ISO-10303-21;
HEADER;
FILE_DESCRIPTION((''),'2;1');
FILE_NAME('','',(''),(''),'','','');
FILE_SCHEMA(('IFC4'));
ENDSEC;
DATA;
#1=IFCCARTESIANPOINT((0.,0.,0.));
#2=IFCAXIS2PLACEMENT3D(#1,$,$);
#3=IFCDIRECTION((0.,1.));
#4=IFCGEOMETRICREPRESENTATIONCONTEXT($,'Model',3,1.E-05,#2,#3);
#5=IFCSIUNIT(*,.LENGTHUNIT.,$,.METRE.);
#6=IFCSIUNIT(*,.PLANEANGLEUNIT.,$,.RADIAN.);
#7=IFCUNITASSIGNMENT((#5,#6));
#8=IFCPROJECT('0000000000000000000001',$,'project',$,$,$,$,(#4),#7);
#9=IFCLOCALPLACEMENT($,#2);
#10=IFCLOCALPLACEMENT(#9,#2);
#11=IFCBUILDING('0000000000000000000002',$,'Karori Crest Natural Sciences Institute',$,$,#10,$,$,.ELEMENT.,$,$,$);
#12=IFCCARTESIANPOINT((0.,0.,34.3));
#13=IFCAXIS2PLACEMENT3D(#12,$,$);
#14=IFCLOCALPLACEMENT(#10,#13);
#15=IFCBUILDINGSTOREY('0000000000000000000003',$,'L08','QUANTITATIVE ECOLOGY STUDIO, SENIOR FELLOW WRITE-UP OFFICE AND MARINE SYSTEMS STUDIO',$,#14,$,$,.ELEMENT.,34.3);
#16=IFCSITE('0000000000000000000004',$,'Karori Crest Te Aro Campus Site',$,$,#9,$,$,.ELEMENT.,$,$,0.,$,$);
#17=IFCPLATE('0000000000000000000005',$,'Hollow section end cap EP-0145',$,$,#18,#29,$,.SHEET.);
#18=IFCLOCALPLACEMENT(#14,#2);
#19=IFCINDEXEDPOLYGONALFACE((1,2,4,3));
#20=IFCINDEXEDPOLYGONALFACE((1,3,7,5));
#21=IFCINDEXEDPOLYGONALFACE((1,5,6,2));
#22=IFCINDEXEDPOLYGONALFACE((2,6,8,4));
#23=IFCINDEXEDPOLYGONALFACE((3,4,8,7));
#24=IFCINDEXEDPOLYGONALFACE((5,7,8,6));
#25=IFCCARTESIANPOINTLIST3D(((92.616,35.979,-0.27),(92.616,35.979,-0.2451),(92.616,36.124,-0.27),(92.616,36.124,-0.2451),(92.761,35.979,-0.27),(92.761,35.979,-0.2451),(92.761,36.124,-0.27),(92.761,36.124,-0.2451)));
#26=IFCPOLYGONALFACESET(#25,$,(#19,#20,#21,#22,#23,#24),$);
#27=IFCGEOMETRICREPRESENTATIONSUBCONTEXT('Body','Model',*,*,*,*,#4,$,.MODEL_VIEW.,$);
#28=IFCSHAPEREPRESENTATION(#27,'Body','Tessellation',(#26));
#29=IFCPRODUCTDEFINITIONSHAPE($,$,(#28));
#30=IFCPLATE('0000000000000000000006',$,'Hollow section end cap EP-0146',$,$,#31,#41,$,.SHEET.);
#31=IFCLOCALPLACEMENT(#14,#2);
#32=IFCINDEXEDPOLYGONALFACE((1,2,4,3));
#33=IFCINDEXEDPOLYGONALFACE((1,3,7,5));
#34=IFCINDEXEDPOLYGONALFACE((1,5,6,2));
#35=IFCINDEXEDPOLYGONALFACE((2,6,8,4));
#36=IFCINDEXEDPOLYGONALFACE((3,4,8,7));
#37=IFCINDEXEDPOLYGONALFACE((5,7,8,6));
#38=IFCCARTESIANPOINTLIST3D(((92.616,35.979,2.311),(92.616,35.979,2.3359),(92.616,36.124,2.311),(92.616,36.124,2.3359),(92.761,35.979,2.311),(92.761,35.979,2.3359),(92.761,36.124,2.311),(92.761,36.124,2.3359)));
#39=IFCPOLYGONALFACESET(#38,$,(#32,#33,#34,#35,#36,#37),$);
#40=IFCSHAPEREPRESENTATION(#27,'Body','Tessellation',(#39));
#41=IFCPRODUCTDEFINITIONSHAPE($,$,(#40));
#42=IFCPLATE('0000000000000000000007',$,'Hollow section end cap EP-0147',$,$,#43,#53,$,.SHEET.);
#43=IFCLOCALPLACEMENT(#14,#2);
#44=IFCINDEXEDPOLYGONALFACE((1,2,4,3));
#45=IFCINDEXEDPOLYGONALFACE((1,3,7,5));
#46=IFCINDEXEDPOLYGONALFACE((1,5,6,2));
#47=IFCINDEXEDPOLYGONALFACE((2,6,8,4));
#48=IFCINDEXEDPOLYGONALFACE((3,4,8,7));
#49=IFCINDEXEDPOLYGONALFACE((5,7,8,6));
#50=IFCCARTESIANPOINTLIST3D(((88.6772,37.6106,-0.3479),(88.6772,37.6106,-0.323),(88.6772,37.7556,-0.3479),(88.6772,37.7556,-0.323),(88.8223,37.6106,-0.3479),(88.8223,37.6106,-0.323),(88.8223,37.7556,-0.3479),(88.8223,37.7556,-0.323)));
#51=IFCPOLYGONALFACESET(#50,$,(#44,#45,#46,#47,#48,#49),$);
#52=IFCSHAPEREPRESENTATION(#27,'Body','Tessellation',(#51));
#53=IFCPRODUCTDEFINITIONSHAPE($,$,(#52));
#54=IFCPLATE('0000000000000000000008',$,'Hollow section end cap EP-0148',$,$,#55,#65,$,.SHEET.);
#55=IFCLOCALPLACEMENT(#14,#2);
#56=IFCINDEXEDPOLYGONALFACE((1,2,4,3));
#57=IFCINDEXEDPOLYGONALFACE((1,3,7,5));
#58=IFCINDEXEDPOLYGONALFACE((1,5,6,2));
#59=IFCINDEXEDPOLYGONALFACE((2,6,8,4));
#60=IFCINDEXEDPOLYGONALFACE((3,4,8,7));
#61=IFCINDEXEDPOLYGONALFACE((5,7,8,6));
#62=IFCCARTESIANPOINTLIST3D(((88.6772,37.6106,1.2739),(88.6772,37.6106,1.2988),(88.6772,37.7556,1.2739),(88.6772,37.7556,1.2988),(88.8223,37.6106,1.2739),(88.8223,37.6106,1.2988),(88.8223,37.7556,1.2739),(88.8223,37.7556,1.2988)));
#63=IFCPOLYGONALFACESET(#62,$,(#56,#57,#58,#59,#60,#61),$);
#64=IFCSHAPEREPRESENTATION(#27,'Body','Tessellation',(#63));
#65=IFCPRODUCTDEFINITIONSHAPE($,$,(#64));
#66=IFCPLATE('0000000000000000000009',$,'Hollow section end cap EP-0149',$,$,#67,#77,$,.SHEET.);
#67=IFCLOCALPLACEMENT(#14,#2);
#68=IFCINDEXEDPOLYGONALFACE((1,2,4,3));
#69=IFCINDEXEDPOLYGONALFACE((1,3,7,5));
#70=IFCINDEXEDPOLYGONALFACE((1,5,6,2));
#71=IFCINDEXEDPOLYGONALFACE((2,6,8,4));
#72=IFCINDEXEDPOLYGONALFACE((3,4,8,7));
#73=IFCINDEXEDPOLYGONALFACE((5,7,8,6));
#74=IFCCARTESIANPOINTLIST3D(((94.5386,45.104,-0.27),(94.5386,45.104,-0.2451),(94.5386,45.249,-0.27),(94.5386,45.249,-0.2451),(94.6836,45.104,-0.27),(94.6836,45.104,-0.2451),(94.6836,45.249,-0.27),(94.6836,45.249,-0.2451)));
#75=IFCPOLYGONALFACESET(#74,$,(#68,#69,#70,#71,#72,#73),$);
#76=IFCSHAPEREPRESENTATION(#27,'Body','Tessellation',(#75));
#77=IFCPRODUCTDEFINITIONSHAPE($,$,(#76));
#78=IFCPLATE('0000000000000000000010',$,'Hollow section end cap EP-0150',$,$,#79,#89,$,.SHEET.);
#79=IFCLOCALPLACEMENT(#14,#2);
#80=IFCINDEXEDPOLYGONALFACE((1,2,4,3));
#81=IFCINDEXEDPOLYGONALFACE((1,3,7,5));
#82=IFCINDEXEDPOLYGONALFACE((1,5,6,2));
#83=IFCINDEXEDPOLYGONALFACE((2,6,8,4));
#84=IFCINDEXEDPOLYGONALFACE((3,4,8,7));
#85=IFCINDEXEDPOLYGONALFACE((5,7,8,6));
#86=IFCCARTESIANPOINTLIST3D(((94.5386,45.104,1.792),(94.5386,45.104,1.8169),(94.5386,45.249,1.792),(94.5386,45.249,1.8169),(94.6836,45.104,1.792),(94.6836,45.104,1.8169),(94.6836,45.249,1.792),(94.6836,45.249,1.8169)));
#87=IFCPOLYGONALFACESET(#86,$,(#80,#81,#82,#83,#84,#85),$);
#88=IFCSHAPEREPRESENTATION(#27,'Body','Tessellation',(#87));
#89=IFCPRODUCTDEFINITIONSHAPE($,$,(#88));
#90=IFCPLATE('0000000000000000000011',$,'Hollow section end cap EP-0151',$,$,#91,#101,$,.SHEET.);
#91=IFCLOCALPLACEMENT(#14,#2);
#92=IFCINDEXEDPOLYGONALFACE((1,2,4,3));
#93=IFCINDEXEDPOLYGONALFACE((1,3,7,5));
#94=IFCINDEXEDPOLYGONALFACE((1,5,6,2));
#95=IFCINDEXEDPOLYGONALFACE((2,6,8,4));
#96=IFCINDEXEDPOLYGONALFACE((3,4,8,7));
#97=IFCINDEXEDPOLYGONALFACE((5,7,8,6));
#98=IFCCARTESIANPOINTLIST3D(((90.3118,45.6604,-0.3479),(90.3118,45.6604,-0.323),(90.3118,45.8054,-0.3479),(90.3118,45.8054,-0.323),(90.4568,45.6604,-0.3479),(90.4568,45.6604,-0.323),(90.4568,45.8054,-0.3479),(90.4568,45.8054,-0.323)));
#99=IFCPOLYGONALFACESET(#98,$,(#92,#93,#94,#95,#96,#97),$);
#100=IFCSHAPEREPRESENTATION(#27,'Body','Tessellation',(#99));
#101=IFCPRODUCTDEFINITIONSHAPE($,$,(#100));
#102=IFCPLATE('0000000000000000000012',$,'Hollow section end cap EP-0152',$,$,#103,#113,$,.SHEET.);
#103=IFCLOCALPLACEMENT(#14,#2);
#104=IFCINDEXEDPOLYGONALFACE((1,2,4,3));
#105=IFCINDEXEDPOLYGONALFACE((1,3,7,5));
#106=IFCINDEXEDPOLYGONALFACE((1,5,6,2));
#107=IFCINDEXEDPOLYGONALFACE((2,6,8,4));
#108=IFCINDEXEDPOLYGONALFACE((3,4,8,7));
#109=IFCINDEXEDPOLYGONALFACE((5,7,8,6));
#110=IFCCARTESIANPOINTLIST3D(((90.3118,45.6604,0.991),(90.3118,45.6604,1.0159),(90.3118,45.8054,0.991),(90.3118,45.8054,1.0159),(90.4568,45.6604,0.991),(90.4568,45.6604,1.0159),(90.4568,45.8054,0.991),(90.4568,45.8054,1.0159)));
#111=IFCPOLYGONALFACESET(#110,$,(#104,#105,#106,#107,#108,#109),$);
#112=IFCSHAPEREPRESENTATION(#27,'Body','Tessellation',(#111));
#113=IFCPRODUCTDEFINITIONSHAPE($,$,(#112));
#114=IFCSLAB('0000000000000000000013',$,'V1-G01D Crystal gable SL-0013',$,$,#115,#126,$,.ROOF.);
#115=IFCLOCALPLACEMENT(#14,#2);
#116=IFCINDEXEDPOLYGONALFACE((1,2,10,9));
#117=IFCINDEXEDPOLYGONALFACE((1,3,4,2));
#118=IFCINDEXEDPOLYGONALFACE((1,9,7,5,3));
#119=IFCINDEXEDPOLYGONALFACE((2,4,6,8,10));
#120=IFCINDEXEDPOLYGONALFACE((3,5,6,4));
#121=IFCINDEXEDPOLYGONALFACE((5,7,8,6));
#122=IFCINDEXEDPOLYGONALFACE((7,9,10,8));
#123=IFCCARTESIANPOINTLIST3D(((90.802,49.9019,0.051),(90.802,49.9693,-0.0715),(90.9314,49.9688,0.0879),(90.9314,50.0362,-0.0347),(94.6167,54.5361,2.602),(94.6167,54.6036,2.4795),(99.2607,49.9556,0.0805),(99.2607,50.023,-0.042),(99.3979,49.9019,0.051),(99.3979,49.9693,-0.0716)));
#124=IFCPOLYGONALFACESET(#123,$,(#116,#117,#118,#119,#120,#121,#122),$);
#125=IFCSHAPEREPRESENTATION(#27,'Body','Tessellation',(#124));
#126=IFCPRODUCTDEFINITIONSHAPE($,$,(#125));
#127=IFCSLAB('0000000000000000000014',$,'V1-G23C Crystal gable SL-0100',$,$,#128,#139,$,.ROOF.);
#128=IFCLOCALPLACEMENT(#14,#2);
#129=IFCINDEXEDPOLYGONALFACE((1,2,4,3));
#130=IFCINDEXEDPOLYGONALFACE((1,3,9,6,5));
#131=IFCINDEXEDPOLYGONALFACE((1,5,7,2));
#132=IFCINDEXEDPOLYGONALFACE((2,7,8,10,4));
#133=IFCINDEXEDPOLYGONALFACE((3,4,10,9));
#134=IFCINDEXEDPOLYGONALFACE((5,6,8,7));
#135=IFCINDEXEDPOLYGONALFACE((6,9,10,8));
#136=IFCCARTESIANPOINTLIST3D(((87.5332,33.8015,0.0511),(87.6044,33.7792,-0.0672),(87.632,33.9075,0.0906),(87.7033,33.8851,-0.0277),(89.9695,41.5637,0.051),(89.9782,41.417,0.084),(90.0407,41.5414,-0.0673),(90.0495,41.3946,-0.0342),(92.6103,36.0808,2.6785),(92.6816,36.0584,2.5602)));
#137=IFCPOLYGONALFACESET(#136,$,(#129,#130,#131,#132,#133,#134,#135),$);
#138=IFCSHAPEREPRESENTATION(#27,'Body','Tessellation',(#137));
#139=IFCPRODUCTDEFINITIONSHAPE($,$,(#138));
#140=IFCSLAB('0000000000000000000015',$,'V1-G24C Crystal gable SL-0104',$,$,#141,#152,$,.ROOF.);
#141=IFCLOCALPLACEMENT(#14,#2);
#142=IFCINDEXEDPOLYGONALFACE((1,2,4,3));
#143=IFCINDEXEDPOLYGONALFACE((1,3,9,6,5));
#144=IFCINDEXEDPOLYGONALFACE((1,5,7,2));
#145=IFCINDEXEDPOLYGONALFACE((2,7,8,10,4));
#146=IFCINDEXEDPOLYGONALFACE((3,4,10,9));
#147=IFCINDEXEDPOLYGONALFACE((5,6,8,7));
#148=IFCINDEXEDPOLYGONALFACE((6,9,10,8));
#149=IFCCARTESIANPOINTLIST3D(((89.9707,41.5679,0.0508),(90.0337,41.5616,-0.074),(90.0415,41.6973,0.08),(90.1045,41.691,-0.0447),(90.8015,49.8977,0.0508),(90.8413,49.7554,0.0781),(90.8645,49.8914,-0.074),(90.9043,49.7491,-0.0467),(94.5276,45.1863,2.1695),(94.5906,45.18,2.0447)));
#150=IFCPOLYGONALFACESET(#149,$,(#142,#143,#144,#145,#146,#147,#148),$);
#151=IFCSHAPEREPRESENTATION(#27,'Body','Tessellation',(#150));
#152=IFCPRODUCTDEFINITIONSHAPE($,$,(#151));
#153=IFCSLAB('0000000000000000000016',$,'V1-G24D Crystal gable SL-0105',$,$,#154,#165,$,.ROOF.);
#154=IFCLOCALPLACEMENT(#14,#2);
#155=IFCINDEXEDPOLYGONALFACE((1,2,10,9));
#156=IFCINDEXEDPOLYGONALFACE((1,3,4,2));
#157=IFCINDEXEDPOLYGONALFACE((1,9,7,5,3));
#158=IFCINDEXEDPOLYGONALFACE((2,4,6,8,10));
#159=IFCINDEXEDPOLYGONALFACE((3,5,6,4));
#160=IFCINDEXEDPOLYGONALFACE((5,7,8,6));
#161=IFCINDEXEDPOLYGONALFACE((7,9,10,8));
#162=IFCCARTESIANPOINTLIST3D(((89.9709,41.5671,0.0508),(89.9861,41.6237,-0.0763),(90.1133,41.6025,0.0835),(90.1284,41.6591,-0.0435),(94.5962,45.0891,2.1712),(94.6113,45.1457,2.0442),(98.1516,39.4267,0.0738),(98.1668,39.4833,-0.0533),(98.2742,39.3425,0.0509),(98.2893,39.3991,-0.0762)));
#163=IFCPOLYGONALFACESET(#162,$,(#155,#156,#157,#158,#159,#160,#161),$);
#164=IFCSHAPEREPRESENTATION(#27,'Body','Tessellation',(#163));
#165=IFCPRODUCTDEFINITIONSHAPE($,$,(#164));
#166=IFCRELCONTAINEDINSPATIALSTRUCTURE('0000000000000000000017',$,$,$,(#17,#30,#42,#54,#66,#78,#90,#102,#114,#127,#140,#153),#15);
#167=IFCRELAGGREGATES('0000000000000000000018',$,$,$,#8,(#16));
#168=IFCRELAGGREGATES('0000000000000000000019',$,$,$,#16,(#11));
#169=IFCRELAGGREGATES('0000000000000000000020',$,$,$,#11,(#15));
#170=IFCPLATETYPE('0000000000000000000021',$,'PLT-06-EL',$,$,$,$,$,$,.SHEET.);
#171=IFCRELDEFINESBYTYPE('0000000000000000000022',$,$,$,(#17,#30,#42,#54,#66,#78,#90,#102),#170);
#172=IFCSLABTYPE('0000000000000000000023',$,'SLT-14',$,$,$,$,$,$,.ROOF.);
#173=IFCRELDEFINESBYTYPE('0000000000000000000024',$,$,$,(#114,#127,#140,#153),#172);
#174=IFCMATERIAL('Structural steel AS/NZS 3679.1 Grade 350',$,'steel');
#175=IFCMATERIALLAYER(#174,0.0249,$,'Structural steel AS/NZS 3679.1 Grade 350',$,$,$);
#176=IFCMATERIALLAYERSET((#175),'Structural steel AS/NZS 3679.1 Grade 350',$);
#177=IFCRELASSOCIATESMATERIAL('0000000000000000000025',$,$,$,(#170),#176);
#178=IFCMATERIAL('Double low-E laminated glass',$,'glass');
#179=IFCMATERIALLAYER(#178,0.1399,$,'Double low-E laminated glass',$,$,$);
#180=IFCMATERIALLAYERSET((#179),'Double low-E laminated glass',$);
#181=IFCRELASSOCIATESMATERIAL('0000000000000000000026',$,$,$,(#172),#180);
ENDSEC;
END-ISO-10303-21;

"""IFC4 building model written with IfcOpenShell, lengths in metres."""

from ifc_helpers import new_model, si_unit, direction, frame, origin, origin_2d, place, context, subcontext, project, spatial, polyline, rectangle, outline, extrude, material, layer, layer_set, type_object, element, save


model = new_model("IFC4")

# Units and contexts
model_context = context("Model", 3, precision=1e-05, world=origin(), true_north=direction((0.0, 1.0)))
body_context = subcontext(model_context, "Body", "Model", "MODEL_VIEW")
ifc_project = project(units=[si_unit("LENGTHUNIT", "METRE"), si_unit("PLANEANGLEUNIT", "RADIAN")], contexts=[model_context])

# Site, building, storey
site_placement = place(None, origin())
site = spatial("IfcSite", under=ifc_project, at=site_placement, Name="Karori Crest Te Aro Campus Site", CompositionType="ELEMENT", RefElevation=0.0)
building_placement = place(site_placement, origin())
building = spatial("IfcBuilding", under=site, at=building_placement, Name="Karori Crest Natural Sciences Institute", CompositionType="ELEMENT")
storey_placement = place(building_placement, frame((0.0, 0.0, 34.3)))
storey = spatial("IfcBuildingStorey", under=building, at=storey_placement, Name="L08", Description="QUANTITATIVE ECOLOGY STUDIO, SENIOR FELLOW WRITE-UP OFFICE AND MARINE SYSTEMS STUDIO", CompositionType="ELEMENT", Elevation=34.3)

# Shared definitions
ifc_material_1 = material(Name="Structural steel AS/NZS 3679.1 Grade 350", Category="steel")

# Plates
ifc_layer_1 = layer(ifc_material_1, 0.0249, Name="Structural steel AS/NZS 3679.1 Grade 350")
ifc_layer_set_1 = layer_set([ifc_layer_1], Name="Structural steel AS/NZS 3679.1 Grade 350")
plate_type = type_object("IfcPlateType", Name="PLT-06-EL", PredefinedType="SHEET", material=ifc_layer_set_1)
for number, where, z_axis, x_axis, name in (
    (1, (92.6885, 36.0515, -0.27), (0.0, 0.0, 1.0), (1.0, 0.0, 0.0), "Hollow section end cap EP-0145"),
    (2, (92.6885, 36.0515, 2.311), (0.0, 0.0, 1.0), (1.0, 0.0, 0.0), "Hollow section end cap EP-0146"),
    (3, (88.7498, 37.6831, -0.3479), (0.0, 0.0, 1.0), (1.0, 0.0, 0.0), "Hollow section end cap EP-0147"),
    (4, (88.7498, 37.6831, 1.2739), (0.0, 0.0, 1.0), (1.0, 0.0, 0.0), "Hollow section end cap EP-0148"),
    (5, (94.6111, 45.1765, -0.27), (0.0, 0.0, 1.0), (1.0, 0.0, 0.0), "Hollow section end cap EP-0149"),
    (6, (94.6111, 45.1765, 1.792), (0.0, 0.0, 1.0), (1.0, 0.0, 0.0), "Hollow section end cap EP-0150"),
    (7, (90.3843, 45.7329, -0.3479), (0.0, 0.0, 1.0), (1.0, 0.0, 0.0), "Hollow section end cap EP-0151"),
    (8, (90.3843, 45.7329, 0.991), (0.0, 0.0, 1.0), (1.0, 0.0, 0.0), "Hollow section end cap EP-0152"),
):
    element("IfcPlate", number, at=place(storey_placement, frame(where, z_axis=z_axis, x_axis=x_axis)), inside=storey, type_object=plate_type, Name=name, PredefinedType="SHEET", context=body_context, shape_type="SweptSolid", body=[
        extrude(rectangle(XDim=0.145, YDim=0.145, at=origin_2d()), origin(), (0.0, 0.0, 1.0), 0.0249),
    ])

# Slabs
ifc_material_2 = material(Name="Double low-E laminated glass", Category="glass")
ifc_layer_2 = layer(ifc_material_2, 0.1399, Name="Double low-E laminated glass")
ifc_layer_set_2 = layer_set([ifc_layer_2], Name="Double low-E laminated glass")
slab_type = type_object("IfcSlabType", Name="SLT-14", PredefinedType="ROOF", material=ifc_layer_set_2)
slab_1_placement = place(storey_placement, frame((90.802, 49.9019, 0.051), z_axis=(0.000007, -0.482235, 0.876042), x_axis=(1.0, 0.000003, -0.000006)))
element("IfcSlab", 9, at=slab_1_placement, inside=storey, type_object=slab_type, Name="V1-G01D Crystal gable SL-0013", PredefinedType="ROOF", context=body_context, shape_type="SweptSolid", body=[
    extrude(outline(polyline([(0.0, 0.0), (8.5959, 0.0), (8.4587, 0.0613), (3.8147, 5.29), (0.1294, 0.0764), (0.0, 0.0)])), origin(), (0.0, 0.0, -1.0), 0.1399),
])
slab_2_placement = place(storey_placement, frame((89.9695, 41.5637, 0.051), z_axis=(-0.50935, 0.159878, 0.845577), x_axis=(-0.299466, -0.954107, 0.000009)))
element("IfcSlab", 10, at=slab_2_placement, inside=storey, type_object=slab_type, Name="V1-G23C Crystal gable SL-0100", PredefinedType="ROOF", context=body_context, shape_type="SweptSolid", body=[
    extrude(outline(polyline([(0.0, 0.0), (8.1356, 0.0), (8.0049, 0.0741), (4.4405, 4.9216), (0.1374, 0.0618), (0.0, 0.0)])), origin(), (0.0, 0.0, -1.0), 0.1399),
])
slab_3_placement = place(storey_placement, frame((90.8015, 49.8977, 0.0508), z_axis=(-0.450284, 0.044909, 0.891755), x_axis=(-0.099246, -0.995063, -0.000002)))
element("IfcSlab", 11, at=slab_3_placement, inside=storey, type_object=slab_type, Name="V1-G24C Crystal gable SL-0104", PredefinedType="ROOF", context=body_context, shape_type="SweptSolid", body=[
    extrude(outline(polyline([(0.0, 0.0), (8.3712, 0.0), (8.2354, 0.0646), (4.3184, 4.682), (0.1377, 0.0603), (0.0, 0.0)])), origin(), (0.0, 0.0, -1.0), 0.1399),
])
slab_4_placement = place(storey_placement, frame((89.9709, 41.5671, 0.0508), z_axis=(-0.108366, -0.40443, 0.908126), x_axis=(0.965931, -0.258798, 0.000009)))
element("IfcSlab", 12, at=slab_4_placement, inside=storey, type_object=slab_type, Name="V1-G24D Crystal gable SL-0105", PredefinedType="ROOF", context=body_context, shape_type="SweptSolid", body=[
    extrude(outline(polyline([(0.0, 0.0), (8.5961, 0.0), (8.4559, 0.0547), (3.5562, 5.0642), (0.1283, 0.0782), (0.0, 0.0)])), origin(), (0.0, 0.0, -1.0), 0.1399),
])

save(model, "model.ifc")
